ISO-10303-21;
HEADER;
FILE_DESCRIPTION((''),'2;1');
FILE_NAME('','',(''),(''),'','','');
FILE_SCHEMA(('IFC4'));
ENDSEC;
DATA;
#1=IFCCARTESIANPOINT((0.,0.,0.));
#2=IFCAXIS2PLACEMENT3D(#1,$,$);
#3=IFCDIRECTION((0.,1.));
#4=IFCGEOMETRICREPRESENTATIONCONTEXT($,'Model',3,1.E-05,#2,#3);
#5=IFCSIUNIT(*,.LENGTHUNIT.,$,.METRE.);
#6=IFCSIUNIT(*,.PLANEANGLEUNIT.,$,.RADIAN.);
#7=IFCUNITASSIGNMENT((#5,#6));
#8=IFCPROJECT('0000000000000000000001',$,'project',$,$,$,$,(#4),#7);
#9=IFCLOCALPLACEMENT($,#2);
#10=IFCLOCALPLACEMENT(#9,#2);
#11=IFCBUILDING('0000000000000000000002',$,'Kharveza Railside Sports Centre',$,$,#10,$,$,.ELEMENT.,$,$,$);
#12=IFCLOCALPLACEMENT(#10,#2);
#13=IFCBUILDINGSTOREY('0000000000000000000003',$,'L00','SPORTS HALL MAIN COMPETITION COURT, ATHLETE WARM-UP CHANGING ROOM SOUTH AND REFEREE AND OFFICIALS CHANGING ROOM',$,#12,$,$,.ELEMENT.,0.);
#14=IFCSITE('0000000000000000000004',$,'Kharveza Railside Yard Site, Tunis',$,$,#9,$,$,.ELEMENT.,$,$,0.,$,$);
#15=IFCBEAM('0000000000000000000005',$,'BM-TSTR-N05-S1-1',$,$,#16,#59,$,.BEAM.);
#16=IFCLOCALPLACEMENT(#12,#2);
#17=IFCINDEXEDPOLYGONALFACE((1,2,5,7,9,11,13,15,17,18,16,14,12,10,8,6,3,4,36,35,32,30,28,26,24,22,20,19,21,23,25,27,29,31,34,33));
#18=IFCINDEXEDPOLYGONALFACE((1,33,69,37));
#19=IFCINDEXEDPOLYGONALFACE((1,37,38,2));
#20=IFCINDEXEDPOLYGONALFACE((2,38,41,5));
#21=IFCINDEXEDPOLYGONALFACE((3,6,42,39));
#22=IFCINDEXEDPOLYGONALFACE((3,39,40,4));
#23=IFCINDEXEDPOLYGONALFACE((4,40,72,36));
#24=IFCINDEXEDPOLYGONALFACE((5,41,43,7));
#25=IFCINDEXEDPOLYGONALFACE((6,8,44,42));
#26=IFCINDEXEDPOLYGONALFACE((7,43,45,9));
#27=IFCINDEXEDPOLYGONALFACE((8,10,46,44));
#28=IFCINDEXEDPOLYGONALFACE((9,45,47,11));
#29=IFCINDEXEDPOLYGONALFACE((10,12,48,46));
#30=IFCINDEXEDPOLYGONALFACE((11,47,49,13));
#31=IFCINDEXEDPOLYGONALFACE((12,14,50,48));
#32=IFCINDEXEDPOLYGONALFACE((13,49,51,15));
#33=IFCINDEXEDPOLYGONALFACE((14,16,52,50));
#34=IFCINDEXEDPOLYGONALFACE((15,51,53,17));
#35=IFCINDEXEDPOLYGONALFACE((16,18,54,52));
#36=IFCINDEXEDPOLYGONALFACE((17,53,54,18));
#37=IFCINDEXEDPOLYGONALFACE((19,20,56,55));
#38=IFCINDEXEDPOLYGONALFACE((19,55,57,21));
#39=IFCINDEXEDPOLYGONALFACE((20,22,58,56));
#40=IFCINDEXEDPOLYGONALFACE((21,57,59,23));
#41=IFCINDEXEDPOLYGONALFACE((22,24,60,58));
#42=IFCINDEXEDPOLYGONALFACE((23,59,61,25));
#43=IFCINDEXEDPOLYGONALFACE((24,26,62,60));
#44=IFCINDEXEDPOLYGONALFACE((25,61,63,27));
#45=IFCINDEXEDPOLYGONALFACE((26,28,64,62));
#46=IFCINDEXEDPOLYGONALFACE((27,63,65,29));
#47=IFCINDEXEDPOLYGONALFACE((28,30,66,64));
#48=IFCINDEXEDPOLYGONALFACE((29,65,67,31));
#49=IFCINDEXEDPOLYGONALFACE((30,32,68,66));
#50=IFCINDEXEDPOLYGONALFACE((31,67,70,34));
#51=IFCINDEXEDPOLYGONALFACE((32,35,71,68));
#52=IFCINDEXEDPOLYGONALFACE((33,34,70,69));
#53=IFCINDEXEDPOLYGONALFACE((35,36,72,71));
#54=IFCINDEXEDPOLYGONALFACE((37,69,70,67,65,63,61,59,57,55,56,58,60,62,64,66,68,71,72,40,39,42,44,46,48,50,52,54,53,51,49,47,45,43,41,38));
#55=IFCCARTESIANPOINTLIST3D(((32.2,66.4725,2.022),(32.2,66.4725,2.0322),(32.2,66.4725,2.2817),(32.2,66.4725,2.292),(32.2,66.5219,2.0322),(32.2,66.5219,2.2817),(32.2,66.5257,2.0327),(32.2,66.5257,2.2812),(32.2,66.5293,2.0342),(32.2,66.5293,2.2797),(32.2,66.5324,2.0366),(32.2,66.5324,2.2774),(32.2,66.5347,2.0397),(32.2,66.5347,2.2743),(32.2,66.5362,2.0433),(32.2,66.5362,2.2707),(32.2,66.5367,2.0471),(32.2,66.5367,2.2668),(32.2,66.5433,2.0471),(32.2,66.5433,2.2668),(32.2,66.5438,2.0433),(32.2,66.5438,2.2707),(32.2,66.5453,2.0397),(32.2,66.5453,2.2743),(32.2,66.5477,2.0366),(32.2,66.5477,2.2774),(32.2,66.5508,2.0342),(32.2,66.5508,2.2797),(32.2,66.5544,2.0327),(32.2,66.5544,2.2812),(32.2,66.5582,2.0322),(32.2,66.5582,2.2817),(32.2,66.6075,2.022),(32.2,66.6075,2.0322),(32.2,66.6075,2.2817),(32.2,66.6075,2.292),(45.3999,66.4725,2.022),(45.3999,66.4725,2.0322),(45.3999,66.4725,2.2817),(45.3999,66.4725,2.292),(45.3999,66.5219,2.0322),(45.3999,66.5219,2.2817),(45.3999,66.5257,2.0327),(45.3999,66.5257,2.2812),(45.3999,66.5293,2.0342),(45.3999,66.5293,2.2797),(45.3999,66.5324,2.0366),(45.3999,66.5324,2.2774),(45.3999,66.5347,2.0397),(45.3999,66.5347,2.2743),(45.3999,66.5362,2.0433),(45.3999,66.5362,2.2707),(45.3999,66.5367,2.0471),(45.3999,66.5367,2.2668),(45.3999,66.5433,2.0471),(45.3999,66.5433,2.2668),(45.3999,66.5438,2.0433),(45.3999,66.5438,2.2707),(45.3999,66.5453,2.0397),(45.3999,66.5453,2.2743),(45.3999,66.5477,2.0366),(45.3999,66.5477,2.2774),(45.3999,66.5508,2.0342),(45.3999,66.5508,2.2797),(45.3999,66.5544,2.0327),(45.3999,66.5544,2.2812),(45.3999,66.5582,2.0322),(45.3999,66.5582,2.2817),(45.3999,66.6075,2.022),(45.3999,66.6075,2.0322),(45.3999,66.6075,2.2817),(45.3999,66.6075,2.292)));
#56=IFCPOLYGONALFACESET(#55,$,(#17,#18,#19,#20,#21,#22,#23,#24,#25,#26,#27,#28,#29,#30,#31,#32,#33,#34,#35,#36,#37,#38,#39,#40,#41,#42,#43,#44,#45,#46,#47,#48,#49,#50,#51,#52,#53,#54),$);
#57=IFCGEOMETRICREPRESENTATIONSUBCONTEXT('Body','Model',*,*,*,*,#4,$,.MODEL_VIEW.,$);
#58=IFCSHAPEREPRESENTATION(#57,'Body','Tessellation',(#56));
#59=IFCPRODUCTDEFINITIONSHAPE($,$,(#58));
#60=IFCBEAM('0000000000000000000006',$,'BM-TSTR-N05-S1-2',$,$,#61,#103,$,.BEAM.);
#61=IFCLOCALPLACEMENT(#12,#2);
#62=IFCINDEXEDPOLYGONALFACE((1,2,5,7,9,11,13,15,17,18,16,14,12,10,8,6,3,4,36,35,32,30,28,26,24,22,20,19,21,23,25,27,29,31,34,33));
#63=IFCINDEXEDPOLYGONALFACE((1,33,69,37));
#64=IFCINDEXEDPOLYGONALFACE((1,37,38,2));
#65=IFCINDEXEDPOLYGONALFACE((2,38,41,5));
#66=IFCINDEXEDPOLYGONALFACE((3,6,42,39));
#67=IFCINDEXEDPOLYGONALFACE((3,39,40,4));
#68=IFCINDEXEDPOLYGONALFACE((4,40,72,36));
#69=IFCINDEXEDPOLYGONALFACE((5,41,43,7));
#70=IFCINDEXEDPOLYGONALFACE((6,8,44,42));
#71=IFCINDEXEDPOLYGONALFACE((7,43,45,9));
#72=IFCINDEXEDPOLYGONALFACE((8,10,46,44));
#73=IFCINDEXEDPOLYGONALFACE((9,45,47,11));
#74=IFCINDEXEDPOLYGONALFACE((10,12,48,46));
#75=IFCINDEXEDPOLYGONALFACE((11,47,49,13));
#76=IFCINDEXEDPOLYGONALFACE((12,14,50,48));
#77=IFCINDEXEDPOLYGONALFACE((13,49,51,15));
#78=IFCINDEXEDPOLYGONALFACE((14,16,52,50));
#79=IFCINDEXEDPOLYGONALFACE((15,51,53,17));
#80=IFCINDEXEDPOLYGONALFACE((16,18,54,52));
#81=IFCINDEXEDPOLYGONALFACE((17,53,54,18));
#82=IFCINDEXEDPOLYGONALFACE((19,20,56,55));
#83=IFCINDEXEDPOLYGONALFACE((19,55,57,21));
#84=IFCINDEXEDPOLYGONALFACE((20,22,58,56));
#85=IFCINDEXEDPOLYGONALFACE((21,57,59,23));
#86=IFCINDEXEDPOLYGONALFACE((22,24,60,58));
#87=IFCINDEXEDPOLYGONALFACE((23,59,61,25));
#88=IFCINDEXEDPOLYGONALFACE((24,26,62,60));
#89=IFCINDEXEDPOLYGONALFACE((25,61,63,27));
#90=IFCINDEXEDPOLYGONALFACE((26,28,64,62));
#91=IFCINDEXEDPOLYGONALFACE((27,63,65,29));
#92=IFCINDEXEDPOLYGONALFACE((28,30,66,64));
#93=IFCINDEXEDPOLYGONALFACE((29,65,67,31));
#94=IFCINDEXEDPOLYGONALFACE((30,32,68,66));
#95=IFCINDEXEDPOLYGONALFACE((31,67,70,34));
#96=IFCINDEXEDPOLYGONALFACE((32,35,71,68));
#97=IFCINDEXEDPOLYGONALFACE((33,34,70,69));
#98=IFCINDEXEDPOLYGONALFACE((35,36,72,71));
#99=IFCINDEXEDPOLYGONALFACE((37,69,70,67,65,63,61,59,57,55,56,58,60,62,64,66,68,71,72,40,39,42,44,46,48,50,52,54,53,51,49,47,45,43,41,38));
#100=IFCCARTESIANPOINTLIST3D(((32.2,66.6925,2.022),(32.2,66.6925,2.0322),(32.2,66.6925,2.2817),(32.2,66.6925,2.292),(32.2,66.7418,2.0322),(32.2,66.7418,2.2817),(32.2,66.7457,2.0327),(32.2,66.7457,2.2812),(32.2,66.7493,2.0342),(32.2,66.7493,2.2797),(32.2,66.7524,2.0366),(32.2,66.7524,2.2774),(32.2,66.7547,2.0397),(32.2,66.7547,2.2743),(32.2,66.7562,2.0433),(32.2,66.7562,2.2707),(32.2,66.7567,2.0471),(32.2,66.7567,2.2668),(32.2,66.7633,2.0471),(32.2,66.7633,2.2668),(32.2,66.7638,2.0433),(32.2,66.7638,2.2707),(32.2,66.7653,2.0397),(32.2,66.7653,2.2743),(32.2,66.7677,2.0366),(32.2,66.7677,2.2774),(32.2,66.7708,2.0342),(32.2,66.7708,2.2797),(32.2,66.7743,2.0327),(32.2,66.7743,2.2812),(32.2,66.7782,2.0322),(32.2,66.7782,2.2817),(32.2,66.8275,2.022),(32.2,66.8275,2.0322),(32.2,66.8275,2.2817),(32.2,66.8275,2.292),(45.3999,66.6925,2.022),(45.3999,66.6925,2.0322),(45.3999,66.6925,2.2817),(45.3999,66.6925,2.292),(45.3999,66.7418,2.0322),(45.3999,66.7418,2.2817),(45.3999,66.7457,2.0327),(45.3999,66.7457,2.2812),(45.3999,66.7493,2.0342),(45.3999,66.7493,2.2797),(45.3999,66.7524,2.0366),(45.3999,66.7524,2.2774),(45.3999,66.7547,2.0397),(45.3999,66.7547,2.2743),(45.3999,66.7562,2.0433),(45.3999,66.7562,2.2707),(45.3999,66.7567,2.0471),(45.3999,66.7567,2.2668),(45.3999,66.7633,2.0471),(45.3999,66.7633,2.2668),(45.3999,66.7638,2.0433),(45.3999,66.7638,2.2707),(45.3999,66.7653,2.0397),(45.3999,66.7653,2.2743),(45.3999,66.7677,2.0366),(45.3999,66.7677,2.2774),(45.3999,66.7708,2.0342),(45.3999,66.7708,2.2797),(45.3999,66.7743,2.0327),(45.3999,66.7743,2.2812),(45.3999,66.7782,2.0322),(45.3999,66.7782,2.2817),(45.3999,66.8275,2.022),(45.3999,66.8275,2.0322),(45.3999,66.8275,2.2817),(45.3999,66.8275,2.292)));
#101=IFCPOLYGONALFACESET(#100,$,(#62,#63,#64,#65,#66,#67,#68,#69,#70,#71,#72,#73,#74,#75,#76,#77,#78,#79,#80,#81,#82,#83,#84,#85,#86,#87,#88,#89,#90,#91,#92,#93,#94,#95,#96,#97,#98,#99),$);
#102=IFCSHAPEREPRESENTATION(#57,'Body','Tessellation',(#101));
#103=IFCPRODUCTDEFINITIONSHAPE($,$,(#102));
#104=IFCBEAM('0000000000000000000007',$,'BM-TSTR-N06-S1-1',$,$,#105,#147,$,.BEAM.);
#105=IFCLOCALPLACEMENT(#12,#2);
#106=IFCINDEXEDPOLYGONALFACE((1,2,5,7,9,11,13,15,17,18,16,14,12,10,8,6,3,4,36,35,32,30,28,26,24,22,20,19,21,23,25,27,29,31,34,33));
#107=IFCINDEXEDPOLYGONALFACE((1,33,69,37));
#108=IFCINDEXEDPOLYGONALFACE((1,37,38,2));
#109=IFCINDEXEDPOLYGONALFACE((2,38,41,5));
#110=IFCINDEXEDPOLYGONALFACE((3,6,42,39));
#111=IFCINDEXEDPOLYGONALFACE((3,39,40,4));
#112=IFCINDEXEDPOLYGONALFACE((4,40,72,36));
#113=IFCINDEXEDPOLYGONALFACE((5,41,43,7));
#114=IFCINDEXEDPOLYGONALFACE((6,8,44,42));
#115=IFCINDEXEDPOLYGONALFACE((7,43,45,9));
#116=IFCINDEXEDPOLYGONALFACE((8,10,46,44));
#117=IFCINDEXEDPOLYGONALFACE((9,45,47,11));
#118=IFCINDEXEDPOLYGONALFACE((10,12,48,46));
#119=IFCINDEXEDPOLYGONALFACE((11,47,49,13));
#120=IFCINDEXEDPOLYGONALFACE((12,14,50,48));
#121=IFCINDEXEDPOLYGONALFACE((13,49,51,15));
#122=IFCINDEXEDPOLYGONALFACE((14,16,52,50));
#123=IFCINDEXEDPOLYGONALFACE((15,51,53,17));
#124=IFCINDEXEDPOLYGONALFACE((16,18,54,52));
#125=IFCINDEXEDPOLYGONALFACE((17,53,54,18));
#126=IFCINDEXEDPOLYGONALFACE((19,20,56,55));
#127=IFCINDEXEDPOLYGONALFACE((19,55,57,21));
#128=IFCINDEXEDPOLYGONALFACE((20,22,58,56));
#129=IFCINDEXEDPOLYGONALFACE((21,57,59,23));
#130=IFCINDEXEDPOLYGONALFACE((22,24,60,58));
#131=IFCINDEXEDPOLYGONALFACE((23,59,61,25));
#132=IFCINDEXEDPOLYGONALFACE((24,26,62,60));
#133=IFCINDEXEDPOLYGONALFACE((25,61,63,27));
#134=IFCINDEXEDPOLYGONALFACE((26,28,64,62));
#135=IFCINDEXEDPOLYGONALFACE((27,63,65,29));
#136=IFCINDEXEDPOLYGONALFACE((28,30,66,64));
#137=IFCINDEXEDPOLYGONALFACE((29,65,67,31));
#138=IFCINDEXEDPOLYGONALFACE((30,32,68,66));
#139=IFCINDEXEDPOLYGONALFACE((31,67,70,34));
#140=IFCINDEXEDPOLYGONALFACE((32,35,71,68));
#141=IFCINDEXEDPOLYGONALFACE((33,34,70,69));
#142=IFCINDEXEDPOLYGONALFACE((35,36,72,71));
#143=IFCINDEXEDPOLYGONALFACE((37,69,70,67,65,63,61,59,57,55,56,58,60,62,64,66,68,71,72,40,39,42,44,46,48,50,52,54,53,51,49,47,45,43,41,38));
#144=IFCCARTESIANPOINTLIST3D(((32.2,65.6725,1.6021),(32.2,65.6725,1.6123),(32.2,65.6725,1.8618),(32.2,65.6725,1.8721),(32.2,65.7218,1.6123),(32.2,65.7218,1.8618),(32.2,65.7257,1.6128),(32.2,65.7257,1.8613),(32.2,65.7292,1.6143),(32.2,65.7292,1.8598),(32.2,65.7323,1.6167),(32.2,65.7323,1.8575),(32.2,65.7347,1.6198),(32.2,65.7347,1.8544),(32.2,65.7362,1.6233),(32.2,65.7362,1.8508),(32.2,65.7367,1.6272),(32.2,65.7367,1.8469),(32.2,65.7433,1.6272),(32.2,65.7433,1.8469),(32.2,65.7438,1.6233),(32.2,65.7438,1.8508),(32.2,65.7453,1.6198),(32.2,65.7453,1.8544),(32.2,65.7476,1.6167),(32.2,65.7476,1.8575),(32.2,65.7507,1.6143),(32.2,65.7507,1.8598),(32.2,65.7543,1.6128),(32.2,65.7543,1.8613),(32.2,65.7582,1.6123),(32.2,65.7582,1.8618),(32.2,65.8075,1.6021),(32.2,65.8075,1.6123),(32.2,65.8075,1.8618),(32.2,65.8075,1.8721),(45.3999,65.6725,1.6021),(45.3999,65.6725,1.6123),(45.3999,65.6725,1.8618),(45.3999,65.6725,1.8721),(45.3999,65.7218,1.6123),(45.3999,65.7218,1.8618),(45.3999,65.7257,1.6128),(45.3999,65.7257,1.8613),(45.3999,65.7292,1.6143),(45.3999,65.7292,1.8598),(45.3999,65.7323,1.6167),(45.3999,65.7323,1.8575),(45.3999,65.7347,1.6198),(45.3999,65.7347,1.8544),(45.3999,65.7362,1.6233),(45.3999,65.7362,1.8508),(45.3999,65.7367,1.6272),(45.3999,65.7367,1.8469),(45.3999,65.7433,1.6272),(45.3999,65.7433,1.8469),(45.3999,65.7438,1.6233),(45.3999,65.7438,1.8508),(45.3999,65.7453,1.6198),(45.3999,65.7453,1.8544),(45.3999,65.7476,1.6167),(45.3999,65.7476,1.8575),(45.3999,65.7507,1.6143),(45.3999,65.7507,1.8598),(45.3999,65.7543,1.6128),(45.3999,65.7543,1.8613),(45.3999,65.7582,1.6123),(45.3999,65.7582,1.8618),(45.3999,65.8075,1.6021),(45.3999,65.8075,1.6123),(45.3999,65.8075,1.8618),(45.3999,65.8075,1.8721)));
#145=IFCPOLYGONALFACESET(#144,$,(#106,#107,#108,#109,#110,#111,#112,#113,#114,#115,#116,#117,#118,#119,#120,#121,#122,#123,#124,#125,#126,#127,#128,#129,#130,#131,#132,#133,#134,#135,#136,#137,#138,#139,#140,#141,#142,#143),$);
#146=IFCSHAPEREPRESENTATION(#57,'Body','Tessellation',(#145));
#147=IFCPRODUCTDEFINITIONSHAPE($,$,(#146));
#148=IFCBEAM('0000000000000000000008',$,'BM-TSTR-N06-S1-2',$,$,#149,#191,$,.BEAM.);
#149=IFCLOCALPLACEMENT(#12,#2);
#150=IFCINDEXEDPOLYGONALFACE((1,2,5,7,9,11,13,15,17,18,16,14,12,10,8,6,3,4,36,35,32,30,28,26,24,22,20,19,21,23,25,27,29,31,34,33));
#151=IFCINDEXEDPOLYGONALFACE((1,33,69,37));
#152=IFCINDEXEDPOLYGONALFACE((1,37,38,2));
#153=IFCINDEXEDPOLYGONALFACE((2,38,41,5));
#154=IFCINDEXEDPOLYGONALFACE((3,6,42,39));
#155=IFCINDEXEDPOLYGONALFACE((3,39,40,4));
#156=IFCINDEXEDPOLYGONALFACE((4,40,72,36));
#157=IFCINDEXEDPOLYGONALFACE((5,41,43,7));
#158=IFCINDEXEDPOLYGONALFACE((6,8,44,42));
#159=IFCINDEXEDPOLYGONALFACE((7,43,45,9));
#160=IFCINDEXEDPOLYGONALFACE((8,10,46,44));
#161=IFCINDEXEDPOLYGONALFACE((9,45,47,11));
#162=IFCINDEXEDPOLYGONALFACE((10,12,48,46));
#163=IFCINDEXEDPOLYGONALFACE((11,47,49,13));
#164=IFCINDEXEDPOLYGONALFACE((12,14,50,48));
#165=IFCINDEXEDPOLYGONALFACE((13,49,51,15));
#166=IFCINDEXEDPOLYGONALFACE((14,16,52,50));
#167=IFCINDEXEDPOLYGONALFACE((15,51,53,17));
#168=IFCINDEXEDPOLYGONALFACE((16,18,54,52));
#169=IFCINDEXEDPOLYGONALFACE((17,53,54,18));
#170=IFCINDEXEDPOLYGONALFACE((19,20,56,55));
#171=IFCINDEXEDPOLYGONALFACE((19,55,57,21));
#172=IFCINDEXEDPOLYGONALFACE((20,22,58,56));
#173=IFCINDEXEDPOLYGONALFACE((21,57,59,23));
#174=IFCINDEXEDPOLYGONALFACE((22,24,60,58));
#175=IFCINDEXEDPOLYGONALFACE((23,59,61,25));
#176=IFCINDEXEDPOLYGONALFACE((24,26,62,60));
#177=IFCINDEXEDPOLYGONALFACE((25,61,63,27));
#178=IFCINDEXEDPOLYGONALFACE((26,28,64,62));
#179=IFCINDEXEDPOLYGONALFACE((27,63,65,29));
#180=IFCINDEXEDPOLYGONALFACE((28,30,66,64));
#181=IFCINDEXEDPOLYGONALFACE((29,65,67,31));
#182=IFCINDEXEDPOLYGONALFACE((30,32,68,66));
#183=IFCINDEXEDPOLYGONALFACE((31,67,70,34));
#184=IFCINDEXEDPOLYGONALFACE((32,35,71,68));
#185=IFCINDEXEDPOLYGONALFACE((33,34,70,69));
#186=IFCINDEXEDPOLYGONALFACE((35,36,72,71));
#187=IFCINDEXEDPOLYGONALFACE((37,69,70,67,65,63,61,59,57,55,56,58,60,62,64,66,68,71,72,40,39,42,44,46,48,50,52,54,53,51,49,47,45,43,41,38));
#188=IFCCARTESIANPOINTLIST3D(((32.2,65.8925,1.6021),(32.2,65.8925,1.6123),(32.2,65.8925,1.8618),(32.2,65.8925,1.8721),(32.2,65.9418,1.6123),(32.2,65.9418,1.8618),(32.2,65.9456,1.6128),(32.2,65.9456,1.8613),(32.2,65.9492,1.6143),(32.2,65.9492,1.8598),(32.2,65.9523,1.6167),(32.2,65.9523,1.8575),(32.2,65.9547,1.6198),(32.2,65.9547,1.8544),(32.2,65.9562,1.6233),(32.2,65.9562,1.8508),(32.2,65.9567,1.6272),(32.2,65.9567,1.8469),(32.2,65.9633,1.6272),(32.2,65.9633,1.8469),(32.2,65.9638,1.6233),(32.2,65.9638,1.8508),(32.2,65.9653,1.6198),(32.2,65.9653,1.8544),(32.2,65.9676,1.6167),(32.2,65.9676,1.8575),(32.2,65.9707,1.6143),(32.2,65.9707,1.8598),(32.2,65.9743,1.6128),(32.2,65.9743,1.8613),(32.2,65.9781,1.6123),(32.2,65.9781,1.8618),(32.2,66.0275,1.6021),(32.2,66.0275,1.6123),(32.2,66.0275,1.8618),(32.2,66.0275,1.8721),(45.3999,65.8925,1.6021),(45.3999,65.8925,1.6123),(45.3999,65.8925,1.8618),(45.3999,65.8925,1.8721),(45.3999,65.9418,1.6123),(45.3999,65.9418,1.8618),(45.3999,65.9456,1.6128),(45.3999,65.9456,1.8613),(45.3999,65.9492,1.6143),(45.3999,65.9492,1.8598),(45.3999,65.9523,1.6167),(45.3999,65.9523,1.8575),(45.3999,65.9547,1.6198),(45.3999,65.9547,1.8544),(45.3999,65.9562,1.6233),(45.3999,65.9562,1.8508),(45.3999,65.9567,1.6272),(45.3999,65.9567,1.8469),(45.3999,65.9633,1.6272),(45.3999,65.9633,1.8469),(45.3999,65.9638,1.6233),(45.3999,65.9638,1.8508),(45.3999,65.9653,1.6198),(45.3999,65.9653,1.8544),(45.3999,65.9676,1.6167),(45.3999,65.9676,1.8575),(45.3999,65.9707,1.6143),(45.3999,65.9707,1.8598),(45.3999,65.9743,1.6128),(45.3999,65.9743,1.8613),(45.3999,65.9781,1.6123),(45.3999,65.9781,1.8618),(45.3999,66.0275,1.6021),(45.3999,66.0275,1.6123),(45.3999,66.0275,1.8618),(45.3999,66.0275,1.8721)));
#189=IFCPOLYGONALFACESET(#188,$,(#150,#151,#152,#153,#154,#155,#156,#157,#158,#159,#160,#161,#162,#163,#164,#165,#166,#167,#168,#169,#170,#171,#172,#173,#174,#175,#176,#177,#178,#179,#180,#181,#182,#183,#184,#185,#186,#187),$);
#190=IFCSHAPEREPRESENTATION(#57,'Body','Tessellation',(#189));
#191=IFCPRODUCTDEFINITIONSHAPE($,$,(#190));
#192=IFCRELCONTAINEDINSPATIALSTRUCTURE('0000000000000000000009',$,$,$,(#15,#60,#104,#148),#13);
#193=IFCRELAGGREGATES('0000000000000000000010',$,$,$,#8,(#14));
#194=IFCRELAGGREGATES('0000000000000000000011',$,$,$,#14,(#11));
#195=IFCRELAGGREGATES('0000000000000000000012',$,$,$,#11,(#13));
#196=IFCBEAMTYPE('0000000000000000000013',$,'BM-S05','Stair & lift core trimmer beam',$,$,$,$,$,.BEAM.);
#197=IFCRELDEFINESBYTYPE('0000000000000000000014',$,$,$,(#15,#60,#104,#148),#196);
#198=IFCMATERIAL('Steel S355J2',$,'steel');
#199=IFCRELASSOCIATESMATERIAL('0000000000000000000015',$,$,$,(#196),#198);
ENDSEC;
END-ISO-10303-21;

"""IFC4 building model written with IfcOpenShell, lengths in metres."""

from ifc_helpers import new_model, si_unit, direction, frame, origin, origin_2d, place, context, subcontext, project, spatial, i_section, extrude, material, material_profile, profile_set, type_object, element, save


model = new_model("IFC4")

# Units and contexts
model_context = context("Model", 3, precision=1e-05, world=origin(), true_north=direction((0.0, 1.0)))
body_context = subcontext(model_context, "Body", "Model", "MODEL_VIEW")
ifc_project = project(units=[si_unit("LENGTHUNIT", "METRE"), si_unit("PLANEANGLEUNIT", "RADIAN")], contexts=[model_context])

# Site, building, storey
site_placement = place(None, origin())
site = spatial("IfcSite", under=ifc_project, at=site_placement, Name="Kharveza Railside Yard Site, Tunis", CompositionType="ELEMENT", RefElevation=0.0)
building_placement = place(site_placement, origin())
building = spatial("IfcBuilding", under=site, at=building_placement, Name="Kharveza Railside Sports Centre", CompositionType="ELEMENT")
storey_placement = place(building_placement, origin())
storey = spatial("IfcBuildingStorey", under=building, at=storey_placement, Name="L00", Description="SPORTS HALL MAIN COMPETITION COURT, ATHLETE WARM-UP CHANGING ROOM SOUTH AND REFEREE AND OFFICIALS CHANGING ROOM", CompositionType="ELEMENT", Elevation=0.0)

# Shared definitions
ifc_material_1 = material(Name="Steel S355J2", Category="steel")

# Beams
ifc_material_profile_1 = material_profile(ifc_material_1, i_section(OverallWidth=0.135, OverallDepth=0.27, WebThickness=0.0066, FlangeThickness=0.0103, FilletRadius=0.0149, at=origin_2d()), Name="IPE 270")
ifc_profile_set_1 = profile_set([ifc_material_profile_1], Name="Steel S355J2")
beam_type_1 = type_object("IfcBeamType", Name="BM-S05", Description="Stair & lift core trimmer beam", PredefinedType="BEAM", material=ifc_profile_set_1)
for number, where, z_axis, x_axis, name in (
    (1, (32.2, 66.54, 2.157), (1.0, 0.0, 0.0), (0.0, 1.0, 0.0), "BM-TSTR-N05-S1-1"),
    (2, (32.2, 66.76, 2.157), (1.0, 0.0, 0.0), (0.0, 1.0, 0.0), "BM-TSTR-N05-S1-2"),
    (3, (32.2, 65.74, 1.7371), (1.0, 0.0, 0.0), (0.0, 1.0, 0.0), "BM-TSTR-N06-S1-1"),
    (4, (32.2, 65.96, 1.7371), (1.0, 0.0, 0.0), (0.0, 1.0, 0.0), "BM-TSTR-N06-S1-2"),
):
    element("IfcBeam", number, at=place(storey_placement, frame(where, z_axis=z_axis, x_axis=x_axis)), inside=storey, type_object=beam_type_1, Name=name, PredefinedType="BEAM", context=body_context, shape_type="SweptSolid", body=[
        extrude(i_section(OverallWidth=0.135, OverallDepth=0.27, WebThickness=0.0066, FlangeThickness=0.0103, FilletRadius=0.0149, at=origin_2d()), origin(), (0.0, 0.0, 1.0), 13.2),
    ])

save(model, "model.ifc")
